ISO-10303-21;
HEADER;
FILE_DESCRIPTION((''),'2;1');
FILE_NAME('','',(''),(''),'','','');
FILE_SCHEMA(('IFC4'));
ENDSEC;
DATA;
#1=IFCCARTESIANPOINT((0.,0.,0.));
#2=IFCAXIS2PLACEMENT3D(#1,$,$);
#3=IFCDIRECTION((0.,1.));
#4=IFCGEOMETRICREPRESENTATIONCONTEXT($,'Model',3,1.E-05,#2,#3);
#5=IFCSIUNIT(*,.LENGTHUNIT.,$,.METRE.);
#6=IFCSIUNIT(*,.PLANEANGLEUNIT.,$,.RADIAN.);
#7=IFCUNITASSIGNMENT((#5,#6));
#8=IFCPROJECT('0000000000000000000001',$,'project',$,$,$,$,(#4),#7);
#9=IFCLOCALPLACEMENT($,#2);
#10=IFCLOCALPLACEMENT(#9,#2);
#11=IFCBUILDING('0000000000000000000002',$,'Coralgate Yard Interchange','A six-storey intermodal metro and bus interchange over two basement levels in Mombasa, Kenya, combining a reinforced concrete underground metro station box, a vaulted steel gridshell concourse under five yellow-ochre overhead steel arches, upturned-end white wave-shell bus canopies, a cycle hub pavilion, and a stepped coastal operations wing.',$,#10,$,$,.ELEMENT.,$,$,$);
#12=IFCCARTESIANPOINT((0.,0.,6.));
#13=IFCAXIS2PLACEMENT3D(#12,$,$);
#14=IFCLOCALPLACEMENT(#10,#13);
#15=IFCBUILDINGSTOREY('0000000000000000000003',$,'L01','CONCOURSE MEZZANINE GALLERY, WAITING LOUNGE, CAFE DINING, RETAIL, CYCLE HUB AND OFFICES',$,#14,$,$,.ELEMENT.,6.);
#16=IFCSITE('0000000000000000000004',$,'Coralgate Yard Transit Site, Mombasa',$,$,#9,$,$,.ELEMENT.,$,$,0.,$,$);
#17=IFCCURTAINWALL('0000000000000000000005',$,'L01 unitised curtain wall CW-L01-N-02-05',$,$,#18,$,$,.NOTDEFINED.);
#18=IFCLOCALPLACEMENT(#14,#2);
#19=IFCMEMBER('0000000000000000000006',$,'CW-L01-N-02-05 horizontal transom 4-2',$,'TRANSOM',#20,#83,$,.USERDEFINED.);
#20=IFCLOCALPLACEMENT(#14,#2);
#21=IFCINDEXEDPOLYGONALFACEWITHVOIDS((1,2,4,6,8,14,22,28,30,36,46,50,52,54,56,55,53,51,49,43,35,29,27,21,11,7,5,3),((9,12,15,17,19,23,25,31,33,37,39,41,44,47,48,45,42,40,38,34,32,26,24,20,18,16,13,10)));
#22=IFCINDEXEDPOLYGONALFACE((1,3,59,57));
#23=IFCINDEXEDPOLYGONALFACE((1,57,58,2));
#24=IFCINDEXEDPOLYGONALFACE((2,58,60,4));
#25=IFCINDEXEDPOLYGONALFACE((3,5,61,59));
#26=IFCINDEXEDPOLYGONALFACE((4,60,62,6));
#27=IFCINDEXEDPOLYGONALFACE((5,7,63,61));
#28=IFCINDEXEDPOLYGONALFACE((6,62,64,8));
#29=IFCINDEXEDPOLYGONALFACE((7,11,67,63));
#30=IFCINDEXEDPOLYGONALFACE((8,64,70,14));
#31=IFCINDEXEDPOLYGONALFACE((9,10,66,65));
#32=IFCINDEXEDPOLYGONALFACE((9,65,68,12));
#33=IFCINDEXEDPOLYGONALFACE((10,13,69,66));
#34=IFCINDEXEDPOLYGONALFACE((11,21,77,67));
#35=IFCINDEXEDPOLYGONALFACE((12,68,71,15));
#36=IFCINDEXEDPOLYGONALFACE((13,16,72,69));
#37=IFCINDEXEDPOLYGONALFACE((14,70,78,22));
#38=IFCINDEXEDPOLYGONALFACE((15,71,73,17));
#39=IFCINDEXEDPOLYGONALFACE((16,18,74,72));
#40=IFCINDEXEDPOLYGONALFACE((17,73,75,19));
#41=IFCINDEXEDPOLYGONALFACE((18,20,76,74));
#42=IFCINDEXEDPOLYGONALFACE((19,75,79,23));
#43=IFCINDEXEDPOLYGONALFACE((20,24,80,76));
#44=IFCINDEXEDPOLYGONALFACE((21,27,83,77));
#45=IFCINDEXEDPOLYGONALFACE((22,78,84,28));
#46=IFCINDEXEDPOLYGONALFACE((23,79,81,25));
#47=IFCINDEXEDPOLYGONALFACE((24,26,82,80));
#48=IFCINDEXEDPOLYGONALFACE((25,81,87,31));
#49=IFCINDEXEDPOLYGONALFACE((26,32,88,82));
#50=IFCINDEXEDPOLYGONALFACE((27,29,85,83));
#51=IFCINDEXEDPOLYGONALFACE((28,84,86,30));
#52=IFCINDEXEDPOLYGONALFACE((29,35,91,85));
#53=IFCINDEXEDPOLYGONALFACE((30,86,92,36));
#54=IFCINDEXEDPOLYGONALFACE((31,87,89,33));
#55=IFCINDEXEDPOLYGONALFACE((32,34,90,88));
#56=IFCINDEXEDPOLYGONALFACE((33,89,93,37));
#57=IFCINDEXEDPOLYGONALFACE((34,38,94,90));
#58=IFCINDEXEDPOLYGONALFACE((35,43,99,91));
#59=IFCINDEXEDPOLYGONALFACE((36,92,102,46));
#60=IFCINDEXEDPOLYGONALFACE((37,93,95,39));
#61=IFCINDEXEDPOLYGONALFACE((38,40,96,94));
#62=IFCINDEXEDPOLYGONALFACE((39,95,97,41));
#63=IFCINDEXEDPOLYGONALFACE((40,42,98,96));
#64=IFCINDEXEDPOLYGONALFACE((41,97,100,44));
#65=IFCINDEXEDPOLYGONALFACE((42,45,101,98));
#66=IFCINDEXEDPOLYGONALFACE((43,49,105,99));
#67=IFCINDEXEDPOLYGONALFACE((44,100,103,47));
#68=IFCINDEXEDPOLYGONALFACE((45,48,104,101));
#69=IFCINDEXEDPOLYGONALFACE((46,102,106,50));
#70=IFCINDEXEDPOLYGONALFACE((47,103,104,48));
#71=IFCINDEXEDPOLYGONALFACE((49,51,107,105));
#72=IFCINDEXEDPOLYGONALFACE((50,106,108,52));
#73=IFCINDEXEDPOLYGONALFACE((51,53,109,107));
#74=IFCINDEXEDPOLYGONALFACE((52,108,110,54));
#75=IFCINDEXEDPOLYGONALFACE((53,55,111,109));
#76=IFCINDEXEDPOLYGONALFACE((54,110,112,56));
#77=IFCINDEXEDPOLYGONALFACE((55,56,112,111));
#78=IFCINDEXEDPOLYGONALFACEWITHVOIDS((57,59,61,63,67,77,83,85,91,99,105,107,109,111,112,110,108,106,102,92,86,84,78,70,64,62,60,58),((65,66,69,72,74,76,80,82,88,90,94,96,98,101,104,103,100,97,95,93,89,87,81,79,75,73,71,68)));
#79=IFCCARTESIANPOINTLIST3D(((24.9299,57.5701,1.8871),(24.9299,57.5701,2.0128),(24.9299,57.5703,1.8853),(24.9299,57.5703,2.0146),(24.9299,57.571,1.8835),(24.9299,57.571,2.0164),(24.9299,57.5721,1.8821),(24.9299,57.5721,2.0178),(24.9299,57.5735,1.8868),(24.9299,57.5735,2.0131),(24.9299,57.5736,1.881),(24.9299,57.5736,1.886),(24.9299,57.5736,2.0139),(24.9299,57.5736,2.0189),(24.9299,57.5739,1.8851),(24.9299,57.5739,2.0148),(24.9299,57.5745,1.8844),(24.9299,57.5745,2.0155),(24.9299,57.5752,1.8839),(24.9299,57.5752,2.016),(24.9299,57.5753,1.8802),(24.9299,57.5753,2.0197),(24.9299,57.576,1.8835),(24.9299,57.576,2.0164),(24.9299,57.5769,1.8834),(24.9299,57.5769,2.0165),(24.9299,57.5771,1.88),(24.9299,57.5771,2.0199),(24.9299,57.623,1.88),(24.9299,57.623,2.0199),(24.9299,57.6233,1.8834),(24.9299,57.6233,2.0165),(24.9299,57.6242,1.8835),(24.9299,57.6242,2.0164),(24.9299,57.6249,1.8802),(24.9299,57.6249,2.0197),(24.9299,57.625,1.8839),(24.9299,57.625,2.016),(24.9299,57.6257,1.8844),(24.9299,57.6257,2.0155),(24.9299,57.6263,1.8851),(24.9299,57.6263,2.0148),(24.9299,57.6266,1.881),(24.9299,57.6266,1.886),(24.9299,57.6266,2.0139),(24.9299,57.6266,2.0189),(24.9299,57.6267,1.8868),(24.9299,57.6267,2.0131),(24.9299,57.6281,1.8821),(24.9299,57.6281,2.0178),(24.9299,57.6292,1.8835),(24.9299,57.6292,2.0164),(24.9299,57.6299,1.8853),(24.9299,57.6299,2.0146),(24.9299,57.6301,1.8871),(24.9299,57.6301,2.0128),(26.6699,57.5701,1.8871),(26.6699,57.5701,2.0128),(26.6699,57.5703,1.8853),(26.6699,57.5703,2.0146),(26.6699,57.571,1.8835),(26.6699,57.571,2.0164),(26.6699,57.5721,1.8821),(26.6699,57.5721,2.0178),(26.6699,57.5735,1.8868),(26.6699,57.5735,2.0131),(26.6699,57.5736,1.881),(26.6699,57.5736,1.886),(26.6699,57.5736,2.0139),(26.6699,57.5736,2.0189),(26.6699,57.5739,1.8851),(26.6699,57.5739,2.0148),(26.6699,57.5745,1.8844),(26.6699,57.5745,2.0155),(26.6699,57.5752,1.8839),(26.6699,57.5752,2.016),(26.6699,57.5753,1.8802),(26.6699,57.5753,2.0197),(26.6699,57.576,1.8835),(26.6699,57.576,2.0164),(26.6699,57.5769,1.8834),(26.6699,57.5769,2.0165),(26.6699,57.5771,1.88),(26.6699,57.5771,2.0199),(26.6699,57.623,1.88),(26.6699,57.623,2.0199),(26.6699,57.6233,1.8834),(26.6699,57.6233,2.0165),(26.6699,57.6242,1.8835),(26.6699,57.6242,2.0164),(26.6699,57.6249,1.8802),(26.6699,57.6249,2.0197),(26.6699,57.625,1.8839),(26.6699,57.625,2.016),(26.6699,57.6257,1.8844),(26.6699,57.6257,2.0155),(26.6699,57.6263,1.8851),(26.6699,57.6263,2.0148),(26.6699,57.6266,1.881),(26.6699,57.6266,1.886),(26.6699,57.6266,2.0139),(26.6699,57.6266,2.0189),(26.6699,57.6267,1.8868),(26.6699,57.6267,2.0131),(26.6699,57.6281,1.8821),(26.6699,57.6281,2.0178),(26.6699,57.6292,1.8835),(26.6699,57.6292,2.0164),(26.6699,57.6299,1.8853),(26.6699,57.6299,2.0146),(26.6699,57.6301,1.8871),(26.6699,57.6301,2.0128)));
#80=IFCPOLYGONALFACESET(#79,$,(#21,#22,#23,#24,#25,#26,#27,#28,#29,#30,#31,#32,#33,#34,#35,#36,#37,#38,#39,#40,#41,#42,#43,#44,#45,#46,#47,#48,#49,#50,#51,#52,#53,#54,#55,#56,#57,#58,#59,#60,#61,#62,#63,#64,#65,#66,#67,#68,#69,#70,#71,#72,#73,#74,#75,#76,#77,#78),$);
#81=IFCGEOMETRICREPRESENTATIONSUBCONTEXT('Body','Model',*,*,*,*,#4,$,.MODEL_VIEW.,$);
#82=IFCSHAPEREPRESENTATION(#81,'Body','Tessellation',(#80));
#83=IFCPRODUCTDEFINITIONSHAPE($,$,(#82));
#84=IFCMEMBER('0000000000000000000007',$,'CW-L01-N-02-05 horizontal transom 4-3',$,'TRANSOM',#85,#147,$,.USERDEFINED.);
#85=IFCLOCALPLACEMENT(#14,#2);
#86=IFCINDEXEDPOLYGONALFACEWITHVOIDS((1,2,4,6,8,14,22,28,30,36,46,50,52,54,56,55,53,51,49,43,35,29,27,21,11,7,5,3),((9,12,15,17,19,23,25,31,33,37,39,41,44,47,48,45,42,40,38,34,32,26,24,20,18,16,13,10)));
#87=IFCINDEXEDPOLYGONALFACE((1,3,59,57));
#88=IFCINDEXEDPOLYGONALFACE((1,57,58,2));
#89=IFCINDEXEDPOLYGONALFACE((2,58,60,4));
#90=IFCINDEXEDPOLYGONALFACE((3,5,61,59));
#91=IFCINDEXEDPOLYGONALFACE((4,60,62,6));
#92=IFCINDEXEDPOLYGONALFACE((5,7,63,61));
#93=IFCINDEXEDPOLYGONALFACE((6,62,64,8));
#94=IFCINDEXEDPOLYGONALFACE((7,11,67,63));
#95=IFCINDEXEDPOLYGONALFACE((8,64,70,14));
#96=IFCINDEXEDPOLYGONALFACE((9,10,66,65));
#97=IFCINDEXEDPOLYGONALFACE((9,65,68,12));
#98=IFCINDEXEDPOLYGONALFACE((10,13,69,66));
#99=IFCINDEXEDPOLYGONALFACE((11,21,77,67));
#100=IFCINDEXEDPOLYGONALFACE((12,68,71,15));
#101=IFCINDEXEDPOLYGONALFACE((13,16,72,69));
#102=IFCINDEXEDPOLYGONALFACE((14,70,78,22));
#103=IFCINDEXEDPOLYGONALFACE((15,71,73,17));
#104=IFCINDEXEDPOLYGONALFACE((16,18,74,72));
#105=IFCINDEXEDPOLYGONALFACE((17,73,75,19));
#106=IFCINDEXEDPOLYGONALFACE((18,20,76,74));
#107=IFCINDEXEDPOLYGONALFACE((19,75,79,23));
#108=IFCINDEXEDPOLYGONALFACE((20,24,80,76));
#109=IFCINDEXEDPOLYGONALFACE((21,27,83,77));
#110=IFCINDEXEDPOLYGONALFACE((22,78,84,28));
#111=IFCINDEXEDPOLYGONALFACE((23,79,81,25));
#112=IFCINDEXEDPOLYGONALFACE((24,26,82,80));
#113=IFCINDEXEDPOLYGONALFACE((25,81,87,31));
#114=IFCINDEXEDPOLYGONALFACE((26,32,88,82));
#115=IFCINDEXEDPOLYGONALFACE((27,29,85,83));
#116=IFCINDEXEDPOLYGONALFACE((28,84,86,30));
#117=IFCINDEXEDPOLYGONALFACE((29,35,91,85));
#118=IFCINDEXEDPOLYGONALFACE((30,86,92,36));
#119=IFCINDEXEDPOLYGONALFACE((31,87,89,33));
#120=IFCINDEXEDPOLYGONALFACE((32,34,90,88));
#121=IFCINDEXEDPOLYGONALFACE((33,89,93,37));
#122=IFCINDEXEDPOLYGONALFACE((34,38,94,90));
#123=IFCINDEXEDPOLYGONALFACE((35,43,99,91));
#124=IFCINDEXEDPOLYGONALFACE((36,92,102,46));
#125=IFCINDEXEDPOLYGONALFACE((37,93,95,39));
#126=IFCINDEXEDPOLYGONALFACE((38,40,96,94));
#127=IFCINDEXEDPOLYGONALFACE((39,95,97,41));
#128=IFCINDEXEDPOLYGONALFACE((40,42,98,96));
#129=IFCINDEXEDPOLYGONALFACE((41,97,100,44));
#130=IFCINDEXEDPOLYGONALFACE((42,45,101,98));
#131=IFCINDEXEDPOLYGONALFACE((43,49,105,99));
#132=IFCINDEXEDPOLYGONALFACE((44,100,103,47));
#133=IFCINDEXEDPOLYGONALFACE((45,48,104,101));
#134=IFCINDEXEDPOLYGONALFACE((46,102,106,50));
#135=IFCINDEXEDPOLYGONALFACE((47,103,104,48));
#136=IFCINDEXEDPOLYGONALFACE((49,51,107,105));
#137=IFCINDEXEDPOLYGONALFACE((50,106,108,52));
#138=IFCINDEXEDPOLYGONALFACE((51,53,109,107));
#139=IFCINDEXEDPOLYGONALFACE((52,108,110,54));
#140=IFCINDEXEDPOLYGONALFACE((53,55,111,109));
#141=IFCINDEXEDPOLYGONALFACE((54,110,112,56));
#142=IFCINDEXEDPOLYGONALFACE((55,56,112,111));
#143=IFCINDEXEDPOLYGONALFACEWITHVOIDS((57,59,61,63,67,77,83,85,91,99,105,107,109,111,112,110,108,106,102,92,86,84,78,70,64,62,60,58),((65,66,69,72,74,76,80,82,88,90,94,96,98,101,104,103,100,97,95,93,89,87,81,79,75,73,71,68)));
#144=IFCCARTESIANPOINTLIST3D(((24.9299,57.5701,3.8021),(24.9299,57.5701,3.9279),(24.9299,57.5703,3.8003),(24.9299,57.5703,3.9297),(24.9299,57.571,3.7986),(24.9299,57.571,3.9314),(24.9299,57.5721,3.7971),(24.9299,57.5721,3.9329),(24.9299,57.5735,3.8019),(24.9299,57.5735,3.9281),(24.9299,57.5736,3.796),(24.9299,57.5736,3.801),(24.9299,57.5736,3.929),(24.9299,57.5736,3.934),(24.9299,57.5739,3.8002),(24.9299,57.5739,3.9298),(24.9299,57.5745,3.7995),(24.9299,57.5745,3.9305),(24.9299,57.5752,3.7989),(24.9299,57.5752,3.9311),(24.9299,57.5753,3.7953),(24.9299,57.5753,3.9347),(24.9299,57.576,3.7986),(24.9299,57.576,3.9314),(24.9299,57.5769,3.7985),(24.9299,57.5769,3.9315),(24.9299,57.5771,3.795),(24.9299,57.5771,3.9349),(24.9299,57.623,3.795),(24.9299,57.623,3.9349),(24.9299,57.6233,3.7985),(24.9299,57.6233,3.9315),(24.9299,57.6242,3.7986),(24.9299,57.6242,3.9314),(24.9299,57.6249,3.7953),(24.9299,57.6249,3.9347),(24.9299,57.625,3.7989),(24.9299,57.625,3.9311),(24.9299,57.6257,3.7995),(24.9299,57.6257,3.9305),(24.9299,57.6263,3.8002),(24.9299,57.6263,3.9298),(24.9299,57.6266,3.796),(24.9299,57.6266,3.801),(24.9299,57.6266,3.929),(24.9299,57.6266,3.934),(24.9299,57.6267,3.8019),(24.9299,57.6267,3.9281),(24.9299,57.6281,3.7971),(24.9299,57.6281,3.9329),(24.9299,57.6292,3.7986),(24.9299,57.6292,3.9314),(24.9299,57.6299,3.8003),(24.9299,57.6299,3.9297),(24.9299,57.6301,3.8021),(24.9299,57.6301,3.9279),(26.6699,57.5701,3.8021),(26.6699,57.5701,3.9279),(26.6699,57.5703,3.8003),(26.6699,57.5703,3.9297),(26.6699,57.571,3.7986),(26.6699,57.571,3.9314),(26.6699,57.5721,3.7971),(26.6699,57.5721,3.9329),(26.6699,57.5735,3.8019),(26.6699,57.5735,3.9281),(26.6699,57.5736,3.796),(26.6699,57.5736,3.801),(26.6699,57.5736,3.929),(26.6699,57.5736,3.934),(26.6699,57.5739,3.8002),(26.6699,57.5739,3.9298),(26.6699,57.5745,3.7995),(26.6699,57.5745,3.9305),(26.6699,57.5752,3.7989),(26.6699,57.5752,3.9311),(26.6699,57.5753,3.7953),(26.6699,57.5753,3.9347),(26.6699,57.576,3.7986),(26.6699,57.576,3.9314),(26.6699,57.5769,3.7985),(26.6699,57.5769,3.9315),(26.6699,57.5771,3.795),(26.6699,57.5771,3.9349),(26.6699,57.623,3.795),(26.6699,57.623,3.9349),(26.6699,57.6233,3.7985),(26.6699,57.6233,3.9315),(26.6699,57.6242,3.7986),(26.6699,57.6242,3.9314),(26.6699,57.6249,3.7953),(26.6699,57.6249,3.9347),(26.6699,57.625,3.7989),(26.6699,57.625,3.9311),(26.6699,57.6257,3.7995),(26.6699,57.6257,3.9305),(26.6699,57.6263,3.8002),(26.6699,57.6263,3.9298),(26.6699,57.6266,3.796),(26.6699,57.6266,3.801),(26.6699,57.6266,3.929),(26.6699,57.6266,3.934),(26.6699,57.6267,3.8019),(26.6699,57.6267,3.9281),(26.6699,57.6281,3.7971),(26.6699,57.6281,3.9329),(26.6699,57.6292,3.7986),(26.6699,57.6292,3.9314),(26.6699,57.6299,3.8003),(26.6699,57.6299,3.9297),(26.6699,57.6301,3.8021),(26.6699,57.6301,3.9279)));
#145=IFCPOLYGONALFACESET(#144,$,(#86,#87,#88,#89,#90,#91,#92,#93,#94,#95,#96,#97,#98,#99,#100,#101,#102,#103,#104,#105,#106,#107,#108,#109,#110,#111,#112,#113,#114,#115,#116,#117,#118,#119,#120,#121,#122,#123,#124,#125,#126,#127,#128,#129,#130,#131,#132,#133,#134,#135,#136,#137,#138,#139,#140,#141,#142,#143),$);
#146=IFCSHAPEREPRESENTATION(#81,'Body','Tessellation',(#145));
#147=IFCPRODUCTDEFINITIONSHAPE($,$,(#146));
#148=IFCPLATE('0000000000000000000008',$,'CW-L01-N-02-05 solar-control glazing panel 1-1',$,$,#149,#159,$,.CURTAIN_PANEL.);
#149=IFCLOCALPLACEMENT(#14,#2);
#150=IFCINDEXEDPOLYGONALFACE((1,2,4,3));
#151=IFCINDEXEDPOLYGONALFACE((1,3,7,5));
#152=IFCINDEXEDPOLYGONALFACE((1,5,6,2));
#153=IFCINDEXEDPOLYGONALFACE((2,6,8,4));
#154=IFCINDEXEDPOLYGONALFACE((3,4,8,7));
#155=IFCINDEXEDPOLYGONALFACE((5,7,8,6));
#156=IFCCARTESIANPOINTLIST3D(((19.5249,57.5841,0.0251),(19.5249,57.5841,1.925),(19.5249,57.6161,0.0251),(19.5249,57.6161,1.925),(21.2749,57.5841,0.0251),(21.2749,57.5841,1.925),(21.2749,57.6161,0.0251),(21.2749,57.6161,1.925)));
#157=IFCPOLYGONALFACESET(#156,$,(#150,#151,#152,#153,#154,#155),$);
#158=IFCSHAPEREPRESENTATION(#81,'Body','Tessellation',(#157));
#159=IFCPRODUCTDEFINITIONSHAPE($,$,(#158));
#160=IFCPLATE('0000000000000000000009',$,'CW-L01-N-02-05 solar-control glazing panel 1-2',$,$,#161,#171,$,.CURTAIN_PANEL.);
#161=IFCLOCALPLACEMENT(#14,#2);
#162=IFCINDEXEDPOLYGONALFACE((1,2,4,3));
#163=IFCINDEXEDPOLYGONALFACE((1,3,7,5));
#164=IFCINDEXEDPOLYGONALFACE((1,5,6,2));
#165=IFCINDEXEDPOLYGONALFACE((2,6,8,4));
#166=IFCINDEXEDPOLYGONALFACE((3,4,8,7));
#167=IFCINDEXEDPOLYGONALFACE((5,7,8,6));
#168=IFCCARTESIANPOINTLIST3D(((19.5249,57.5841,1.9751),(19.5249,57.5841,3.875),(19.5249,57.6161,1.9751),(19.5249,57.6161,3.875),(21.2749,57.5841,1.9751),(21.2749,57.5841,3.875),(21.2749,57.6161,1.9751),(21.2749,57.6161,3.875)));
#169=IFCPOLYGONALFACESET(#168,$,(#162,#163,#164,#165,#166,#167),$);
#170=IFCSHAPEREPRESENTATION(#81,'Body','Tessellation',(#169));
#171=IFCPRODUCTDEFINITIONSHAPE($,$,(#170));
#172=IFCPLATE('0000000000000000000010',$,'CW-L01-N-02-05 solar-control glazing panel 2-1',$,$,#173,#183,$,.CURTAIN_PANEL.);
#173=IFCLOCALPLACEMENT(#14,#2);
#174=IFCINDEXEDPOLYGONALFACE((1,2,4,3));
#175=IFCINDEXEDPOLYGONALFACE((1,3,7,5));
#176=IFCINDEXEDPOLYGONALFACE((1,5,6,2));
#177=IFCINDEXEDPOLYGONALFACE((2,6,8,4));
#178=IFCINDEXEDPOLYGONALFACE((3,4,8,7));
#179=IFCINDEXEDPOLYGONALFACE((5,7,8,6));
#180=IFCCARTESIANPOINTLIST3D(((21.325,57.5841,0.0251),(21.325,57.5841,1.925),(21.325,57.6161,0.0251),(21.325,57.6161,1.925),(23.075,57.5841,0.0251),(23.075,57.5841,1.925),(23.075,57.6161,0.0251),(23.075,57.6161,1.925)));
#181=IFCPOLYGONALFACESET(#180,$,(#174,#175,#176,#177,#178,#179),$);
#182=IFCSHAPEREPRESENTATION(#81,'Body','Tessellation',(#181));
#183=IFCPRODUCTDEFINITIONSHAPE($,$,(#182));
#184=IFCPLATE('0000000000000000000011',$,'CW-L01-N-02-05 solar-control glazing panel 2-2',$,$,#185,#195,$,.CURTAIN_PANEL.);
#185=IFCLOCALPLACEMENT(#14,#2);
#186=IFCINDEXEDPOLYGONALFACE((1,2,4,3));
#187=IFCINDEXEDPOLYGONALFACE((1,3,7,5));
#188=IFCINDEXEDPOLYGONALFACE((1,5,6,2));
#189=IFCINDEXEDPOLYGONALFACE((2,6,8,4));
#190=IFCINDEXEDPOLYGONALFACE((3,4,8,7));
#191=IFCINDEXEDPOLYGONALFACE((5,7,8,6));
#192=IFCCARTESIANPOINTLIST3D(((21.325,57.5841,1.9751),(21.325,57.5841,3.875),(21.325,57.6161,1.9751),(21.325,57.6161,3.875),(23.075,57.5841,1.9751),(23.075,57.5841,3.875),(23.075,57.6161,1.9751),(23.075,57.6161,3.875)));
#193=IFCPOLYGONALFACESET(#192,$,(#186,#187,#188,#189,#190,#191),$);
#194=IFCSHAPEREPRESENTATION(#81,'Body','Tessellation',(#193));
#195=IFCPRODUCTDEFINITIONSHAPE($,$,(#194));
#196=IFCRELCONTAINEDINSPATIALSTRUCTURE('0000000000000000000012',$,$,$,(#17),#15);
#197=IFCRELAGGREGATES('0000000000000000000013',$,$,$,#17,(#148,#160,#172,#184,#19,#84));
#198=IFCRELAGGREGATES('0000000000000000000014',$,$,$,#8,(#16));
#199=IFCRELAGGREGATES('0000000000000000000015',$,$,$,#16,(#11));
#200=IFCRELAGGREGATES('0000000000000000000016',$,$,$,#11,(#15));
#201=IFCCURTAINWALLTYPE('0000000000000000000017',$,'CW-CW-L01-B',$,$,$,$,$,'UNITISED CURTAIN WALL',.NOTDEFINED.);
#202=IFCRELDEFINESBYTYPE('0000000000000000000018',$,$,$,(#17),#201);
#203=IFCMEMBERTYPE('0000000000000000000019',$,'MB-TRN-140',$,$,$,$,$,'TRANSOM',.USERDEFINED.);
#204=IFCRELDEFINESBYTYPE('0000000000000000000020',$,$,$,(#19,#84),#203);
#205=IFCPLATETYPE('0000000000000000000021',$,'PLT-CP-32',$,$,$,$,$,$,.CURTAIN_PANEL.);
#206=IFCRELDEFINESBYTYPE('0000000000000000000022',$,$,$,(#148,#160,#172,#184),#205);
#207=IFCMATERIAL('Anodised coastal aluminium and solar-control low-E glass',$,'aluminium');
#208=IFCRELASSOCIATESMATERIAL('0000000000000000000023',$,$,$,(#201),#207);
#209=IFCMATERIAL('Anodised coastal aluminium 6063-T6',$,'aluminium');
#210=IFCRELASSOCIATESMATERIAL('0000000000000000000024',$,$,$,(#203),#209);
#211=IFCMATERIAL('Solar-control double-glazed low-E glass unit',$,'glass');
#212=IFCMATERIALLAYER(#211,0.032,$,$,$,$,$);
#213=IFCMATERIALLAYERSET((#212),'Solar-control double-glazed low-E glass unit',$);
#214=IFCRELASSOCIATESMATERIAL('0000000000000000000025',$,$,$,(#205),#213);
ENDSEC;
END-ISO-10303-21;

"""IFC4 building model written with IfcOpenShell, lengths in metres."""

from ifc_helpers import new_model, si_unit, direction, frame, origin, origin_2d, place, context, subcontext, project, spatial, rectangle, hollow_rectangle, extrude, material, layer, layer_set, material_profile, profile_set, type_object, element, aggregate, save


model = new_model("IFC4")

# Units and contexts
model_context = context("Model", 3, precision=1e-05, world=origin(), true_north=direction((0.0, 1.0)))
body_context = subcontext(model_context, "Body", "Model", "MODEL_VIEW")
ifc_project = project(units=[si_unit("LENGTHUNIT", "METRE"), si_unit("PLANEANGLEUNIT", "RADIAN")], contexts=[model_context])

# Site, building, storey
site_placement = place(None, origin())
site = spatial("IfcSite", under=ifc_project, at=site_placement, Name="Coralgate Yard Transit Site, Mombasa", CompositionType="ELEMENT", RefElevation=0.0)
building_placement = place(site_placement, origin())
building = spatial("IfcBuilding", under=site, at=building_placement, Name="Coralgate Yard Interchange", Description="A six-storey intermodal metro and bus interchange over two basement levels in Mombasa, Kenya, combining a reinforced concrete underground metro station box, a vaulted steel gridshell concourse under five yellow-ochre overhead steel arches, upturned-end white wave-shell bus canopies, a cycle hub pavilion, and a stepped coastal operations wing.", CompositionType="ELEMENT")
storey_placement = place(building_placement, frame((0.0, 0.0, 6.0)))
storey = spatial("IfcBuildingStorey", under=building, at=storey_placement, Name="L01", Description="CONCOURSE MEZZANINE GALLERY, WAITING LOUNGE, CAFE DINING, RETAIL, CYCLE HUB AND OFFICES", CompositionType="ELEMENT", Elevation=6.0)

# Curtain wall, members, plates
ifc_material_1 = material(Name="Anodised coastal aluminium and solar-control low-E glass", Category="aluminium")
curtain_wall_type = type_object("IfcCurtainWallType", Name="CW-CW-L01-B", ElementType="UNITISED CURTAIN WALL", PredefinedType="NOTDEFINED", material=ifc_material_1)
curtain_wall_placement = place(storey_placement, origin())
curtain_wall = element("IfcCurtainWall", 1, at=curtain_wall_placement, inside=storey, type_object=curtain_wall_type, Name="L01 unitised curtain wall CW-L01-N-02-05", PredefinedType="NOTDEFINED")
ifc_material_2 = material(Name="Anodised coastal aluminium 6063-T6", Category="aluminium")
ifc_material_profile_1 = material_profile(ifc_material_2, hollow_rectangle(XDim=0.0601, YDim=0.1399, WallThickness=0.0034, InnerFilletRadius=0.0034, OuterFilletRadius=0.0071, at=origin_2d()), Name="ALU 60x140x3.5")
ifc_profile_set_1 = profile_set([ifc_material_profile_1], Name="Anodised coastal aluminium 6063-T6")
member_type_1 = type_object("IfcMemberType", Name="MB-TRN-140", ElementType="TRANSOM", PredefinedType="USERDEFINED", material=ifc_profile_set_1)
member_1_placement = place(storey_placement, frame((24.9299, 57.6001, 1.95), z_axis=(1.0, 0.0, 0.0), x_axis=(0.0, 1.0, 0.0)))
member_1 = element("IfcMember", 2, at=member_1_placement, type_object=member_type_1, Name="CW-L01-N-02-05 horizontal transom 4-2", ObjectType="TRANSOM", PredefinedType="USERDEFINED", context=body_context, shape_type="SweptSolid", body=[
    extrude(hollow_rectangle(XDim=0.0601, YDim=0.1399, WallThickness=0.0034, InnerFilletRadius=0.0034, OuterFilletRadius=0.0071, at=origin_2d()), origin(), (0.0, 0.0, 1.0), 1.74),
])
member_2_placement = place(storey_placement, frame((24.9299, 57.6001, 3.865), z_axis=(1.0, 0.0, 0.0), x_axis=(0.0, 1.0, 0.0)))
member_2 = element("IfcMember", 3, at=member_2_placement, type_object=member_type_1, Name="CW-L01-N-02-05 horizontal transom 4-3", ObjectType="TRANSOM", PredefinedType="USERDEFINED", context=body_context, shape_type="SweptSolid", body=[
    extrude(hollow_rectangle(XDim=0.0601, YDim=0.1399, WallThickness=0.0034, InnerFilletRadius=0.0034, OuterFilletRadius=0.0071, at=origin_2d()), origin(), (0.0, 0.0, 1.0), 1.74),
])
ifc_material_3 = material(Name="Solar-control double-glazed low-E glass unit", Category="glass")
ifc_layer = layer(ifc_material_3, 0.032)
ifc_layer_set = layer_set([ifc_layer], Name="Solar-control double-glazed low-E glass unit")
plate_type = type_object("IfcPlateType", Name="PLT-CP-32", PredefinedType="CURTAIN_PANEL", material=ifc_layer_set)
plate_1_placement = place(storey_placement, frame((20.3999, 57.6001, 0.0251), z_axis=(0.0, 0.0, 1.0), x_axis=(1.0, 0.0, 0.0)))
plate_1 = element("IfcPlate", 4, at=plate_1_placement, type_object=plate_type, Name="CW-L01-N-02-05 solar-control glazing panel 1-1", PredefinedType="CURTAIN_PANEL", context=body_context, shape_type="SweptSolid", body=[
    extrude(rectangle(XDim=1.75, YDim=0.032, at=origin_2d()), origin(), (0.0, 0.0, 1.0), 1.8999),
])
plate_2_placement = place(storey_placement, frame((20.3999, 57.6001, 1.9751), z_axis=(0.0, 0.0, 1.0), x_axis=(1.0, 0.0, 0.0)))
plate_2 = element("IfcPlate", 5, at=plate_2_placement, type_object=plate_type, Name="CW-L01-N-02-05 solar-control glazing panel 1-2", PredefinedType="CURTAIN_PANEL", context=body_context, shape_type="SweptSolid", body=[
    extrude(rectangle(XDim=1.75, YDim=0.032, at=origin_2d()), origin(), (0.0, 0.0, 1.0), 1.8999),
])
plate_3_placement = place(storey_placement, frame((22.2, 57.6001, 0.0251), z_axis=(0.0, 0.0, 1.0), x_axis=(1.0, 0.0, 0.0)))
plate_3 = element("IfcPlate", 6, at=plate_3_placement, type_object=plate_type, Name="CW-L01-N-02-05 solar-control glazing panel 2-1", PredefinedType="CURTAIN_PANEL", context=body_context, shape_type="SweptSolid", body=[
    extrude(rectangle(XDim=1.75, YDim=0.032, at=origin_2d()), origin(), (0.0, 0.0, 1.0), 1.8999),
])
plate_4_placement = place(storey_placement, frame((22.2, 57.6001, 1.9751), z_axis=(0.0, 0.0, 1.0), x_axis=(1.0, 0.0, 0.0)))
plate_4 = element("IfcPlate", 7, at=plate_4_placement, type_object=plate_type, Name="CW-L01-N-02-05 solar-control glazing panel 2-2", PredefinedType="CURTAIN_PANEL", context=body_context, shape_type="SweptSolid", body=[
    extrude(rectangle(XDim=1.75, YDim=0.032, at=origin_2d()), origin(), (0.0, 0.0, 1.0), 1.8999),
])
aggregate(curtain_wall, [plate_1, plate_2, plate_3, plate_4, member_1, member_2])

save(model, "model.ifc")
